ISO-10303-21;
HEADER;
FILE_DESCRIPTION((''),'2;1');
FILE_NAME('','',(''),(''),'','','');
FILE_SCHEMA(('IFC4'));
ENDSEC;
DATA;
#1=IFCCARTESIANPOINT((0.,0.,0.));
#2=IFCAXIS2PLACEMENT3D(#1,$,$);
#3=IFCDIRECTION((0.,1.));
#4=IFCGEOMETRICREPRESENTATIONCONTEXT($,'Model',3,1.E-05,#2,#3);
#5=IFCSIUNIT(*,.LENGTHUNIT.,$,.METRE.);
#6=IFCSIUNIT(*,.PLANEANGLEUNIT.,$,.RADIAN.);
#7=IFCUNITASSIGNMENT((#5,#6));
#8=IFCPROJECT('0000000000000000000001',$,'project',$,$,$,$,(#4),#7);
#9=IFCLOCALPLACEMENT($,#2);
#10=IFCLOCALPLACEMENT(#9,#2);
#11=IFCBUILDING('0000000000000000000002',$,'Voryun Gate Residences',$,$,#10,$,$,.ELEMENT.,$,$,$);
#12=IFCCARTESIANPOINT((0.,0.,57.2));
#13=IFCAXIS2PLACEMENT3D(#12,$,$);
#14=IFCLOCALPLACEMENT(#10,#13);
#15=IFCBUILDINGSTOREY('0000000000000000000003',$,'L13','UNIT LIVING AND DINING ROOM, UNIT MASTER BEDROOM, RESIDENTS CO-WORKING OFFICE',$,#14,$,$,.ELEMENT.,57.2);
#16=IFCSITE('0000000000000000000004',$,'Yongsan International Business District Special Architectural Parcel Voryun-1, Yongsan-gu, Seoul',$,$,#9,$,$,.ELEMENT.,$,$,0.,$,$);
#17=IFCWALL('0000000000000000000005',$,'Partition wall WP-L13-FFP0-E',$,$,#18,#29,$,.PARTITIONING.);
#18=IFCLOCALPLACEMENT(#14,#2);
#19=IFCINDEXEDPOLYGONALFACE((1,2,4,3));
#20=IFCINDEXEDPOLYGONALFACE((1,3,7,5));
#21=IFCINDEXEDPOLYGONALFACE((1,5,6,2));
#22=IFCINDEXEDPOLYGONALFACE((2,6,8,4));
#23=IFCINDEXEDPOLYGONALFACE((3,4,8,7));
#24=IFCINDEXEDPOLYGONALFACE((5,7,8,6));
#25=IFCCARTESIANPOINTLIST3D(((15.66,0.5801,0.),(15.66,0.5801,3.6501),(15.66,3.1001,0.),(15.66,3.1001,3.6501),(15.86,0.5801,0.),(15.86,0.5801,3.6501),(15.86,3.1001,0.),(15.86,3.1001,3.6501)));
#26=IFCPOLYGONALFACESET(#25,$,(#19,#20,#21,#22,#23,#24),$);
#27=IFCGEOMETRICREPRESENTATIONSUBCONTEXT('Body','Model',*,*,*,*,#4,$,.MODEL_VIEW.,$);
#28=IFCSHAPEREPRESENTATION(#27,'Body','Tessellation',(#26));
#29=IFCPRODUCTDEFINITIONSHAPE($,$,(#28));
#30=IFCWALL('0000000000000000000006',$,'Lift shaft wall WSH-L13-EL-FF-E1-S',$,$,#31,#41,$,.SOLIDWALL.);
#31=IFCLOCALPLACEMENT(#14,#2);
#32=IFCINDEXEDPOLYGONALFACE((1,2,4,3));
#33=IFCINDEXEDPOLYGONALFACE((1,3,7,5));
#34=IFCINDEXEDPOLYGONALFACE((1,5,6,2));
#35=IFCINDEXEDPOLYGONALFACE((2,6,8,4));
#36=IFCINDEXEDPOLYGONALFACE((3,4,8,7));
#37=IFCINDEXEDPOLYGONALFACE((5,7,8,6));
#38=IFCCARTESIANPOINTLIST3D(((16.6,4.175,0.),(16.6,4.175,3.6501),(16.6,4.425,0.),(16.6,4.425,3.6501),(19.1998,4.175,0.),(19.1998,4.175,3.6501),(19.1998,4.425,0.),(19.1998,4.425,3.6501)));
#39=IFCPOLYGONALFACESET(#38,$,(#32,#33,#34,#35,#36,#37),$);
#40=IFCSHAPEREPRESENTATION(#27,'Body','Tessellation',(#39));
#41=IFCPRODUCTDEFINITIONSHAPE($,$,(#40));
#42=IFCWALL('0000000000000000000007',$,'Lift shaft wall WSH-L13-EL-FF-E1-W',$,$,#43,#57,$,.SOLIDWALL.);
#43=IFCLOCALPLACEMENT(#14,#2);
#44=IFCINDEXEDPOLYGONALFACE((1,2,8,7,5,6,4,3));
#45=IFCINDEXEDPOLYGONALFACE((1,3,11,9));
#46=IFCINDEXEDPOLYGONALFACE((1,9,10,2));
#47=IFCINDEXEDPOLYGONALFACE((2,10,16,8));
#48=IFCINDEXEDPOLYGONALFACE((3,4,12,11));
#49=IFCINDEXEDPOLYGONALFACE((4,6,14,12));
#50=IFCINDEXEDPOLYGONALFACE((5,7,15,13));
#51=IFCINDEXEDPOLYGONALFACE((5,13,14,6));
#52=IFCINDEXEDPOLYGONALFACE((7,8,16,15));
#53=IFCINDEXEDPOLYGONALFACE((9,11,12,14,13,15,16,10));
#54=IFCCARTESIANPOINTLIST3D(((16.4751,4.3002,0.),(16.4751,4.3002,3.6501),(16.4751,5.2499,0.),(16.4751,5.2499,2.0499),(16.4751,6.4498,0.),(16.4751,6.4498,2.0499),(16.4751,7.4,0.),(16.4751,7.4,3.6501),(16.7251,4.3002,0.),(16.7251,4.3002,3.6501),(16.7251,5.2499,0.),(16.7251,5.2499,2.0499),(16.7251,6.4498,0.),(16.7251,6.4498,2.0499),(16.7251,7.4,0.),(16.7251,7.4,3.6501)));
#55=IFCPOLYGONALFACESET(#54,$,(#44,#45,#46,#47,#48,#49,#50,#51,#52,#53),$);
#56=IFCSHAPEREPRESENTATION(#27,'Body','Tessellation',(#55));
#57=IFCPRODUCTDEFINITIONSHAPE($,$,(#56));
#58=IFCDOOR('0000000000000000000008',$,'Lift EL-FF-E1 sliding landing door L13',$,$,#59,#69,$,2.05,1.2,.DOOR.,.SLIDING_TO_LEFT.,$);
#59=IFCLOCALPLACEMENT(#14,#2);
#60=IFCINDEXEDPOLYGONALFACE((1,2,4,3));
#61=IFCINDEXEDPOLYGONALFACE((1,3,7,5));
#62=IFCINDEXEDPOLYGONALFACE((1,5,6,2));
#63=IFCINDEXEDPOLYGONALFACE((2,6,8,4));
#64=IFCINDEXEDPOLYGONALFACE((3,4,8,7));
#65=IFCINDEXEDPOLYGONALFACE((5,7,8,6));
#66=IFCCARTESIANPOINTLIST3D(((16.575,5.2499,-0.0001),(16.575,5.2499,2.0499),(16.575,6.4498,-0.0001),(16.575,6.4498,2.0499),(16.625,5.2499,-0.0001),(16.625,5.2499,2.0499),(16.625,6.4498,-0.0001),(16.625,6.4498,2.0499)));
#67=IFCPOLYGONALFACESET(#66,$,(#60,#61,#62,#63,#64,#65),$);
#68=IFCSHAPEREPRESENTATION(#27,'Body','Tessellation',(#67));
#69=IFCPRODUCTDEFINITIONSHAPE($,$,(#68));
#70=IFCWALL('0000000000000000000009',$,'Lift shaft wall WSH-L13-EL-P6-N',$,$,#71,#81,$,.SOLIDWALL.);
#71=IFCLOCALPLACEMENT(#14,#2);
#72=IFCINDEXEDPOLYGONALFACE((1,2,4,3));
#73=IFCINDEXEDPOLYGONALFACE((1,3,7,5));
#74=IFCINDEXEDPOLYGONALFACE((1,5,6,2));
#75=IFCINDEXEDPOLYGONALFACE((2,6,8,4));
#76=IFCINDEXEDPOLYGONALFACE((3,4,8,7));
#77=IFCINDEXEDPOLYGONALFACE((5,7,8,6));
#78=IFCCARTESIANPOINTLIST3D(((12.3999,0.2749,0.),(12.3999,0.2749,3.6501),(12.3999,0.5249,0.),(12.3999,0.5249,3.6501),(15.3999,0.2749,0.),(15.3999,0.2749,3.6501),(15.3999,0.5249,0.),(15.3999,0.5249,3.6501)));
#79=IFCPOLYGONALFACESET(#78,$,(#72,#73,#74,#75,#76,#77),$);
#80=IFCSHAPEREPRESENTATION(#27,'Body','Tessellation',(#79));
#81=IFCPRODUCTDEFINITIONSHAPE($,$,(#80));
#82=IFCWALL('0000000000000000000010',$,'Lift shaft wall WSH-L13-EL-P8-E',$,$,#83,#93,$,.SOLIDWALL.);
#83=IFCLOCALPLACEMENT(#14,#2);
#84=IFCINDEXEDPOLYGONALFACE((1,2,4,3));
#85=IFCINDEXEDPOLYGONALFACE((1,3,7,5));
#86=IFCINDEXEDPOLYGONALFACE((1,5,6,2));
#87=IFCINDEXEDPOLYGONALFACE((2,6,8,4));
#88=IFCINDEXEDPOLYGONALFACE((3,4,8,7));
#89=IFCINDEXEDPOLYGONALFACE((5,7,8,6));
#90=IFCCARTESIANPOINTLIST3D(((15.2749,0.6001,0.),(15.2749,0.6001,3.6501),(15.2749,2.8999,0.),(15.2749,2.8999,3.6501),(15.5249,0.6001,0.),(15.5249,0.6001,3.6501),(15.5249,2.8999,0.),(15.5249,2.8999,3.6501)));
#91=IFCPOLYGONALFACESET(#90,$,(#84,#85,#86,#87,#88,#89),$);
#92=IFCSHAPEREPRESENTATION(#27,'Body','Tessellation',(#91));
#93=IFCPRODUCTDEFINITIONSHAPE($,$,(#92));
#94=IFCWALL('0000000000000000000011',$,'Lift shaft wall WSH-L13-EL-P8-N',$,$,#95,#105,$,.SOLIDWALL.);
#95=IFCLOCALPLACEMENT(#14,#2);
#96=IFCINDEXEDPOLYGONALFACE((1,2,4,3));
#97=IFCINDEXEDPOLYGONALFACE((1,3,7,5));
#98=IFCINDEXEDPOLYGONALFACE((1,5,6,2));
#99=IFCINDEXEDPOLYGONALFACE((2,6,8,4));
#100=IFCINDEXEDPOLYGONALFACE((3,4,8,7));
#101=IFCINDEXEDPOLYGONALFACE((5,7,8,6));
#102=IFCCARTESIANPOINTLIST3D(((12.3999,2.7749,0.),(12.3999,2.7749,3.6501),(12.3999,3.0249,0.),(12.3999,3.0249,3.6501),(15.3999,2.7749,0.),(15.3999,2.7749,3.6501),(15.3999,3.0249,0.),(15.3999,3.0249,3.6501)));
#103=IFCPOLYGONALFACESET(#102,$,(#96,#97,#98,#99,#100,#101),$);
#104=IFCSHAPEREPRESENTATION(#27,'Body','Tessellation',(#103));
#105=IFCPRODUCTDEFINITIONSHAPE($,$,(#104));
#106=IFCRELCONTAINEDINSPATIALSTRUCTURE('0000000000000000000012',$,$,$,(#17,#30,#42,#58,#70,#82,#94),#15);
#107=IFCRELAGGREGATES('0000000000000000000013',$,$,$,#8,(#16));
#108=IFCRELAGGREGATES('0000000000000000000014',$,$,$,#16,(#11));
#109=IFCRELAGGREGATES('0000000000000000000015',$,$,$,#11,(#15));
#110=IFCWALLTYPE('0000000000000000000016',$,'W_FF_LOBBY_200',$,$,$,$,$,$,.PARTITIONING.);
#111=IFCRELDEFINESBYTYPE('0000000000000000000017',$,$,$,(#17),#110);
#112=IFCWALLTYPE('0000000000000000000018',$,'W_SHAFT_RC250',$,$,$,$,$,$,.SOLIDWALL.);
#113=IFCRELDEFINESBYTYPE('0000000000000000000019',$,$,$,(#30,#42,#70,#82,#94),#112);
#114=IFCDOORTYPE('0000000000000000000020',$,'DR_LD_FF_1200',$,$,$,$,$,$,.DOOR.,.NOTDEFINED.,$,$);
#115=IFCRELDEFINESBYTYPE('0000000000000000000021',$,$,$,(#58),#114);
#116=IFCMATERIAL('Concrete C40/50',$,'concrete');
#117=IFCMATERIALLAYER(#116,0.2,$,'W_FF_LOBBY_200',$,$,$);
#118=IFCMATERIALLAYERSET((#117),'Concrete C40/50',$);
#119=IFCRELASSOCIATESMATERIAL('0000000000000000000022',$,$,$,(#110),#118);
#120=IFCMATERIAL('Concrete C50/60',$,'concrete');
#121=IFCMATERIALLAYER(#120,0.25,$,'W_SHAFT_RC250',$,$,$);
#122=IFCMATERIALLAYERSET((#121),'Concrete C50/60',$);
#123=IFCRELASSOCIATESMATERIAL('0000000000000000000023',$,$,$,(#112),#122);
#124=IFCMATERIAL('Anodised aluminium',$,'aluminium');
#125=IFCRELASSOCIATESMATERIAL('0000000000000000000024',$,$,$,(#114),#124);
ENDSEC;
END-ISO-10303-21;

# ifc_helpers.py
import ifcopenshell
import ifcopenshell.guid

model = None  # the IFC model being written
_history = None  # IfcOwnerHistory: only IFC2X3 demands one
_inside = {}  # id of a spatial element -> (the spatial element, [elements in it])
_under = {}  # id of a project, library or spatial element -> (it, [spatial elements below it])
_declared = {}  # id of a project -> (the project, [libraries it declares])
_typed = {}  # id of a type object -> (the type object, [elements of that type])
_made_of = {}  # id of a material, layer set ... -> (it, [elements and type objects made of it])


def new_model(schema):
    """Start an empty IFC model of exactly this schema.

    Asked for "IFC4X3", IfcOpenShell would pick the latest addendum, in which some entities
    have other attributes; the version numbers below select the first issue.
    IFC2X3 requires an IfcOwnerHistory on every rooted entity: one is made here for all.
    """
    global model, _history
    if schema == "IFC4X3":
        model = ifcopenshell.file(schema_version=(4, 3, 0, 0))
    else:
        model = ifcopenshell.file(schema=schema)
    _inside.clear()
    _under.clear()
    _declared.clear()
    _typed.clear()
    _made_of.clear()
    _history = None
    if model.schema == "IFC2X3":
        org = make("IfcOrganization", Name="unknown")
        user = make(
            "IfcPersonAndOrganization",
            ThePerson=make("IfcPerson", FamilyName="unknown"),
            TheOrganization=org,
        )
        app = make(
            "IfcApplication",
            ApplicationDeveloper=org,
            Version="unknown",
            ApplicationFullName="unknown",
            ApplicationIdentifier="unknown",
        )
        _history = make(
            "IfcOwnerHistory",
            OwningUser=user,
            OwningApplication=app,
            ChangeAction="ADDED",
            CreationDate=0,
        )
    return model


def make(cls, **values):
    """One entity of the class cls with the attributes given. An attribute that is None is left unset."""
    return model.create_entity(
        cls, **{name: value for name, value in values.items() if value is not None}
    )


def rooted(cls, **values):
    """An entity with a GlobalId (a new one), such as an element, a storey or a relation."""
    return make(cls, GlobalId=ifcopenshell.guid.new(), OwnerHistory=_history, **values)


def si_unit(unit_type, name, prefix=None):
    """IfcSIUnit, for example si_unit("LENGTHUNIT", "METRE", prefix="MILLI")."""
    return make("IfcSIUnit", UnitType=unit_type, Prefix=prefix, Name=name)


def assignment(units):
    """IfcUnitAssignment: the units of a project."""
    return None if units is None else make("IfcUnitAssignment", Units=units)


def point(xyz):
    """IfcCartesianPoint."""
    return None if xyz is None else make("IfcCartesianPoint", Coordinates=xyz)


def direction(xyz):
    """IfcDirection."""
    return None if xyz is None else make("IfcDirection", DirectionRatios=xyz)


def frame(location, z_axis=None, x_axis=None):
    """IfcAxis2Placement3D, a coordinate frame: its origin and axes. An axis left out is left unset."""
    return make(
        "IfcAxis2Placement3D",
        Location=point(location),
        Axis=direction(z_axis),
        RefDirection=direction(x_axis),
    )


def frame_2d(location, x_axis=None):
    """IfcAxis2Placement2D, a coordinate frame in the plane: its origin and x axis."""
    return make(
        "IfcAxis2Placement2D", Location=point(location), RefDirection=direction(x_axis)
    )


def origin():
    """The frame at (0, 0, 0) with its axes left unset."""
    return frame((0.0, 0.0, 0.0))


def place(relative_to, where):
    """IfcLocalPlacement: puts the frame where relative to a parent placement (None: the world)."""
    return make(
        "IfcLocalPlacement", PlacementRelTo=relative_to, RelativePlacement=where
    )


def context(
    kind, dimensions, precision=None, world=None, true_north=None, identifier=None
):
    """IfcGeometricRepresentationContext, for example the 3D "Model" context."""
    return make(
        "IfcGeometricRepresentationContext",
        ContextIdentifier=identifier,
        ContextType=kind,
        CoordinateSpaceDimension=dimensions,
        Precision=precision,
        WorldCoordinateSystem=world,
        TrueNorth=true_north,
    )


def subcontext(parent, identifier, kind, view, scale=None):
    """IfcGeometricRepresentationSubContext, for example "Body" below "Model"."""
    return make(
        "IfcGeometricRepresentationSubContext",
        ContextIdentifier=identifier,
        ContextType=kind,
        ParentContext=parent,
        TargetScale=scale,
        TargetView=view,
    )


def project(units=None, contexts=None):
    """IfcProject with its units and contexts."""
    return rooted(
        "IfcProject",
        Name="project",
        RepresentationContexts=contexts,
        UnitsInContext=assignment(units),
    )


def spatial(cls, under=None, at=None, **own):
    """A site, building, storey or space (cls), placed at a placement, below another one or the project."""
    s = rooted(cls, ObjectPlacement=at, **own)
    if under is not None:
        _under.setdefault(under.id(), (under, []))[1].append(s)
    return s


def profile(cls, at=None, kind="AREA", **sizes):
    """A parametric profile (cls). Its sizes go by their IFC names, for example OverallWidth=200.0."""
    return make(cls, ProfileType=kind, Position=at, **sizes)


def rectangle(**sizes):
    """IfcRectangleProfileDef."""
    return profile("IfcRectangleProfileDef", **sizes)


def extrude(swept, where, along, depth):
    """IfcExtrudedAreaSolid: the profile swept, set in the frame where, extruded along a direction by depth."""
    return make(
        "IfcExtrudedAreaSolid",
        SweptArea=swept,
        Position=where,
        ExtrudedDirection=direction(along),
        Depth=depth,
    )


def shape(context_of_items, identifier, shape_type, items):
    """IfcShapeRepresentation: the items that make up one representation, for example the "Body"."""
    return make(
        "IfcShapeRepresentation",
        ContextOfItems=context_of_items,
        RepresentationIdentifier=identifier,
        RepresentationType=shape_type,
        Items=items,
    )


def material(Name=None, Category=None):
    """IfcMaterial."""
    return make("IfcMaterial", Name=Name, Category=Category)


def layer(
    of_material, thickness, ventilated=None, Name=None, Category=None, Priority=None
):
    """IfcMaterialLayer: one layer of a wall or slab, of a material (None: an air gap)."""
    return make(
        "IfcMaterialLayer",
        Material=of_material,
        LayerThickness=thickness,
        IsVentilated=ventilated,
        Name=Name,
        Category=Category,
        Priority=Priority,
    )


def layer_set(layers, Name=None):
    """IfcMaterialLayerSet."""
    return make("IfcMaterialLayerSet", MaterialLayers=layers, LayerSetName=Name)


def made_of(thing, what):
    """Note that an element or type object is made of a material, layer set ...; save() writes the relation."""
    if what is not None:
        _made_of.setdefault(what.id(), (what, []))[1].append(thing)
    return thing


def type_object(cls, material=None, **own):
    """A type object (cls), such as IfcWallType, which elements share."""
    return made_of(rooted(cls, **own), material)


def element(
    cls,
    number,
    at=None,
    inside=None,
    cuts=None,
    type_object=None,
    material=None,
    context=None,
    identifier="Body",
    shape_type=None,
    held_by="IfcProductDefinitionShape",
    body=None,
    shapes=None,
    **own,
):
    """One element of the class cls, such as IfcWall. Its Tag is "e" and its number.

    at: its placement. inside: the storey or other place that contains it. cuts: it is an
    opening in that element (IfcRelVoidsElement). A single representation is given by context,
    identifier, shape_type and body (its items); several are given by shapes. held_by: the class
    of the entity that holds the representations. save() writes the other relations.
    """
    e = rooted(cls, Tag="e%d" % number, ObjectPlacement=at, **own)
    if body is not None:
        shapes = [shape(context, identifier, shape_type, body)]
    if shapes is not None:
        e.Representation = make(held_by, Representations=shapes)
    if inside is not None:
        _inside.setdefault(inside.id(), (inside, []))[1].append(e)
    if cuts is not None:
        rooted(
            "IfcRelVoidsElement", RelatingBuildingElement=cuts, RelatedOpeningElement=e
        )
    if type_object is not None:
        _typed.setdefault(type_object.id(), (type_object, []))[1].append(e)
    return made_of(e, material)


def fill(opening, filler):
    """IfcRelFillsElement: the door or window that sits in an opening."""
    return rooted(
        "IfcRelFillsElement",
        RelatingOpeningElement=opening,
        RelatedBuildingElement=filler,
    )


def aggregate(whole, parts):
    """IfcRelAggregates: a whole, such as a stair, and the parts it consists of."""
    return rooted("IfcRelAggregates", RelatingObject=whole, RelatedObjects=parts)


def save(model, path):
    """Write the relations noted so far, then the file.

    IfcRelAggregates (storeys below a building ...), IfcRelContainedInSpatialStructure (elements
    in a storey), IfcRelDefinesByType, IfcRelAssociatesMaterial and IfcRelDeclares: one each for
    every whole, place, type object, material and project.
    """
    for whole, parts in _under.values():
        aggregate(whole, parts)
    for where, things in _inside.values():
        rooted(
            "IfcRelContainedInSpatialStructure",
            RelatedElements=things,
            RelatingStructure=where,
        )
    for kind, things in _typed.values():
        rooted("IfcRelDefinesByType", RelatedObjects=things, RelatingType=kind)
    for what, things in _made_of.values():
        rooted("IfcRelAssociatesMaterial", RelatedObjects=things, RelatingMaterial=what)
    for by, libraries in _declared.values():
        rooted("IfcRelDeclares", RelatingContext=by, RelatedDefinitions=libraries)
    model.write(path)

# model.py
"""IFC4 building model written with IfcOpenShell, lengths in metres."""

from ifc_helpers import new_model, si_unit, direction, frame, frame_2d, origin, place, context, subcontext, project, spatial, rectangle, extrude, material, layer, layer_set, type_object, element, fill, save


model = new_model("IFC4")

# Units and contexts
model_context = context("Model", 3, precision=1e-05, world=origin(), true_north=direction((0.0, 1.0)))
body_context = subcontext(model_context, "Body", "Model", "MODEL_VIEW")
ifc_project = project(units=[si_unit("LENGTHUNIT", "METRE"), si_unit("PLANEANGLEUNIT", "RADIAN")], contexts=[model_context])

# Site, building, storey
site_placement = place(None, origin())
site = spatial("IfcSite", under=ifc_project, at=site_placement, Name="Yongsan International Business District Special Architectural Parcel Voryun-1, Yongsan-gu, Seoul", CompositionType="ELEMENT", RefElevation=0.0)
building_placement = place(site_placement, origin())
building = spatial("IfcBuilding", under=site, at=building_placement, Name="Voryun Gate Residences", CompositionType="ELEMENT")
storey_placement = place(building_placement, frame((0.0, 0.0, 57.2)))
storey = spatial("IfcBuildingStorey", under=building, at=storey_placement, Name="L13", Description="UNIT LIVING AND DINING ROOM, UNIT MASTER BEDROOM, RESIDENTS CO-WORKING OFFICE", CompositionType="ELEMENT", Elevation=57.2)

# Walls
ifc_material_1 = material(Name="Concrete C40/50", Category="concrete")
ifc_layer_1 = layer(ifc_material_1, 0.2, Name="W_FF_LOBBY_200")
ifc_layer_set_1 = layer_set([ifc_layer_1], Name="Concrete C40/50")
wall_type_1 = type_object("IfcWallType", Name="W_FF_LOBBY_200", PredefinedType="PARTITIONING", material=ifc_layer_set_1)
wall_1_placement = place(storey_placement, frame((15.76, 0.5801, 0.0), z_axis=(0.0, 0.0, 1.0), x_axis=(0.0, 1.0, 0.0)))
element("IfcWall", 1, at=wall_1_placement, inside=storey, type_object=wall_type_1, Name="Partition wall WP-L13-FFP0-E", PredefinedType="PARTITIONING", context=body_context, shape_type="SweptSolid", body=[
    extrude(rectangle(XDim=2.52, YDim=0.2, at=frame_2d((1.26, 0.0))), origin(), (0.0, 0.0, 1.0), 3.6501),
])
ifc_material_2 = material(Name="Concrete C50/60", Category="concrete")
ifc_layer_2 = layer(ifc_material_2, 0.25, Name="W_SHAFT_RC250")
ifc_layer_set_2 = layer_set([ifc_layer_2], Name="Concrete C50/60")
wall_type_2 = type_object("IfcWallType", Name="W_SHAFT_RC250", PredefinedType="SOLIDWALL", material=ifc_layer_set_2)
wall_2_placement = place(storey_placement, frame((16.6001, 4.3, 0.0), z_axis=(0.0, 0.0, 1.0), x_axis=(1.0, 0.0, 0.0)))
element("IfcWall", 2, at=wall_2_placement, inside=storey, type_object=wall_type_2, Name="Lift shaft wall WSH-L13-EL-FF-E1-S", PredefinedType="SOLIDWALL", context=body_context, shape_type="SweptSolid", body=[
    extrude(rectangle(XDim=2.5999, YDim=0.25, at=frame_2d((1.2998, 0.0))), origin(), (0.0, 0.0, 1.0), 3.6501),
])

# Wall, opening, door
wall_3_placement = place(storey_placement, frame((16.6001, 7.3999, 0.0), z_axis=(0.0, 0.0, 1.0), x_axis=(0.0, -1.0, 0.0)))
wall_3 = element("IfcWall", 3, at=wall_3_placement, inside=storey, type_object=wall_type_2, Name="Lift shaft wall WSH-L13-EL-FF-E1-W", PredefinedType="SOLIDWALL", context=body_context, shape_type="SweptSolid", body=[
    extrude(rectangle(XDim=3.0999, YDim=0.25, at=frame_2d((1.5498, 0.0))), origin(), (0.0, 0.0, 1.0), 3.6501),
])
opening_1_placement = place(wall_3_placement, frame((0.95, 0.0, 0.0)))
opening_1 = element("IfcOpeningElement", 4, at=opening_1_placement, cuts=wall_3, PredefinedType="OPENING", context=body_context, shape_type="SweptSolid", body=[
    extrude(rectangle(XDim=1.2, YDim=2.05, at=frame_2d((0.6001, 1.0249))), frame((0.0, 0.135, 0.0), z_axis=(0.0, -1.0, 0.0), x_axis=(1.0, 0.0, 0.0)), (0.0, 0.0, 1.0), 0.27),
])
ifc_material_3 = material(Name="Anodised aluminium", Category="aluminium")
door_type_1 = type_object("IfcDoorType", Name="DR_LD_FF_1200", OperationType="NOTDEFINED", PredefinedType="DOOR", material=ifc_material_3)
door_1_placement = place(opening_1_placement, origin())
door_1 = element("IfcDoor", 5, at=door_1_placement, inside=storey, type_object=door_type_1, Name="Lift EL-FF-E1 sliding landing door L13", OperationType="SLIDING_TO_LEFT", OverallHeight=2.05, OverallWidth=1.2, PredefinedType="DOOR", context=body_context, shape_type="SweptSolid", body=[
    extrude(rectangle(XDim=1.2, YDim=2.05, at=frame_2d((0.6001, 1.0249))), frame((0.0, 0.0249, 0.0), z_axis=(0.0, -1.0, 0.0), x_axis=(1.0, 0.0, 0.0)), (0.0, 0.0, 1.0), 0.05),
])
fill(opening_1, door_1)

# Walls
wall_4_placement = place(storey_placement, frame((15.3999, 0.3999, 0.0), z_axis=(0.0, 0.0, 1.0), x_axis=(-1.0, 0.0, 0.0)))
element("IfcWall", 6, at=wall_4_placement, inside=storey, type_object=wall_type_2, Name="Lift shaft wall WSH-L13-EL-P6-N", PredefinedType="SOLIDWALL", context=body_context, shape_type="SweptSolid", body=[
    extrude(rectangle(XDim=3.0, YDim=0.25, at=frame_2d((1.5, 0.0))), origin(), (0.0, 0.0, 1.0), 3.6501),
])
wall_5_placement = place(storey_placement, frame((15.3999, 0.6001, 0.0), z_axis=(0.0, 0.0, 1.0), x_axis=(0.0, 1.0, 0.0)))
element("IfcWall", 7, at=wall_5_placement, inside=storey, type_object=wall_type_2, Name="Lift shaft wall WSH-L13-EL-P8-E", PredefinedType="SOLIDWALL", context=body_context, shape_type="SweptSolid", body=[
    extrude(rectangle(XDim=2.2998, YDim=0.25, at=frame_2d((1.1499, 0.0))), origin(), (0.0, 0.0, 1.0), 3.6501),
])
wall_6_placement = place(storey_placement, frame((15.3999, 2.8999, 0.0), z_axis=(0.0, 0.0, 1.0), x_axis=(-1.0, 0.0, 0.0)))
element("IfcWall", 8, at=wall_6_placement, inside=storey, type_object=wall_type_2, Name="Lift shaft wall WSH-L13-EL-P8-N", PredefinedType="SOLIDWALL", context=body_context, shape_type="SweptSolid", body=[
    extrude(rectangle(XDim=3.0, YDim=0.25, at=frame_2d((1.5, 0.0))), origin(), (0.0, 0.0, 1.0), 3.6501),
])

save(model, "model.ifc")
